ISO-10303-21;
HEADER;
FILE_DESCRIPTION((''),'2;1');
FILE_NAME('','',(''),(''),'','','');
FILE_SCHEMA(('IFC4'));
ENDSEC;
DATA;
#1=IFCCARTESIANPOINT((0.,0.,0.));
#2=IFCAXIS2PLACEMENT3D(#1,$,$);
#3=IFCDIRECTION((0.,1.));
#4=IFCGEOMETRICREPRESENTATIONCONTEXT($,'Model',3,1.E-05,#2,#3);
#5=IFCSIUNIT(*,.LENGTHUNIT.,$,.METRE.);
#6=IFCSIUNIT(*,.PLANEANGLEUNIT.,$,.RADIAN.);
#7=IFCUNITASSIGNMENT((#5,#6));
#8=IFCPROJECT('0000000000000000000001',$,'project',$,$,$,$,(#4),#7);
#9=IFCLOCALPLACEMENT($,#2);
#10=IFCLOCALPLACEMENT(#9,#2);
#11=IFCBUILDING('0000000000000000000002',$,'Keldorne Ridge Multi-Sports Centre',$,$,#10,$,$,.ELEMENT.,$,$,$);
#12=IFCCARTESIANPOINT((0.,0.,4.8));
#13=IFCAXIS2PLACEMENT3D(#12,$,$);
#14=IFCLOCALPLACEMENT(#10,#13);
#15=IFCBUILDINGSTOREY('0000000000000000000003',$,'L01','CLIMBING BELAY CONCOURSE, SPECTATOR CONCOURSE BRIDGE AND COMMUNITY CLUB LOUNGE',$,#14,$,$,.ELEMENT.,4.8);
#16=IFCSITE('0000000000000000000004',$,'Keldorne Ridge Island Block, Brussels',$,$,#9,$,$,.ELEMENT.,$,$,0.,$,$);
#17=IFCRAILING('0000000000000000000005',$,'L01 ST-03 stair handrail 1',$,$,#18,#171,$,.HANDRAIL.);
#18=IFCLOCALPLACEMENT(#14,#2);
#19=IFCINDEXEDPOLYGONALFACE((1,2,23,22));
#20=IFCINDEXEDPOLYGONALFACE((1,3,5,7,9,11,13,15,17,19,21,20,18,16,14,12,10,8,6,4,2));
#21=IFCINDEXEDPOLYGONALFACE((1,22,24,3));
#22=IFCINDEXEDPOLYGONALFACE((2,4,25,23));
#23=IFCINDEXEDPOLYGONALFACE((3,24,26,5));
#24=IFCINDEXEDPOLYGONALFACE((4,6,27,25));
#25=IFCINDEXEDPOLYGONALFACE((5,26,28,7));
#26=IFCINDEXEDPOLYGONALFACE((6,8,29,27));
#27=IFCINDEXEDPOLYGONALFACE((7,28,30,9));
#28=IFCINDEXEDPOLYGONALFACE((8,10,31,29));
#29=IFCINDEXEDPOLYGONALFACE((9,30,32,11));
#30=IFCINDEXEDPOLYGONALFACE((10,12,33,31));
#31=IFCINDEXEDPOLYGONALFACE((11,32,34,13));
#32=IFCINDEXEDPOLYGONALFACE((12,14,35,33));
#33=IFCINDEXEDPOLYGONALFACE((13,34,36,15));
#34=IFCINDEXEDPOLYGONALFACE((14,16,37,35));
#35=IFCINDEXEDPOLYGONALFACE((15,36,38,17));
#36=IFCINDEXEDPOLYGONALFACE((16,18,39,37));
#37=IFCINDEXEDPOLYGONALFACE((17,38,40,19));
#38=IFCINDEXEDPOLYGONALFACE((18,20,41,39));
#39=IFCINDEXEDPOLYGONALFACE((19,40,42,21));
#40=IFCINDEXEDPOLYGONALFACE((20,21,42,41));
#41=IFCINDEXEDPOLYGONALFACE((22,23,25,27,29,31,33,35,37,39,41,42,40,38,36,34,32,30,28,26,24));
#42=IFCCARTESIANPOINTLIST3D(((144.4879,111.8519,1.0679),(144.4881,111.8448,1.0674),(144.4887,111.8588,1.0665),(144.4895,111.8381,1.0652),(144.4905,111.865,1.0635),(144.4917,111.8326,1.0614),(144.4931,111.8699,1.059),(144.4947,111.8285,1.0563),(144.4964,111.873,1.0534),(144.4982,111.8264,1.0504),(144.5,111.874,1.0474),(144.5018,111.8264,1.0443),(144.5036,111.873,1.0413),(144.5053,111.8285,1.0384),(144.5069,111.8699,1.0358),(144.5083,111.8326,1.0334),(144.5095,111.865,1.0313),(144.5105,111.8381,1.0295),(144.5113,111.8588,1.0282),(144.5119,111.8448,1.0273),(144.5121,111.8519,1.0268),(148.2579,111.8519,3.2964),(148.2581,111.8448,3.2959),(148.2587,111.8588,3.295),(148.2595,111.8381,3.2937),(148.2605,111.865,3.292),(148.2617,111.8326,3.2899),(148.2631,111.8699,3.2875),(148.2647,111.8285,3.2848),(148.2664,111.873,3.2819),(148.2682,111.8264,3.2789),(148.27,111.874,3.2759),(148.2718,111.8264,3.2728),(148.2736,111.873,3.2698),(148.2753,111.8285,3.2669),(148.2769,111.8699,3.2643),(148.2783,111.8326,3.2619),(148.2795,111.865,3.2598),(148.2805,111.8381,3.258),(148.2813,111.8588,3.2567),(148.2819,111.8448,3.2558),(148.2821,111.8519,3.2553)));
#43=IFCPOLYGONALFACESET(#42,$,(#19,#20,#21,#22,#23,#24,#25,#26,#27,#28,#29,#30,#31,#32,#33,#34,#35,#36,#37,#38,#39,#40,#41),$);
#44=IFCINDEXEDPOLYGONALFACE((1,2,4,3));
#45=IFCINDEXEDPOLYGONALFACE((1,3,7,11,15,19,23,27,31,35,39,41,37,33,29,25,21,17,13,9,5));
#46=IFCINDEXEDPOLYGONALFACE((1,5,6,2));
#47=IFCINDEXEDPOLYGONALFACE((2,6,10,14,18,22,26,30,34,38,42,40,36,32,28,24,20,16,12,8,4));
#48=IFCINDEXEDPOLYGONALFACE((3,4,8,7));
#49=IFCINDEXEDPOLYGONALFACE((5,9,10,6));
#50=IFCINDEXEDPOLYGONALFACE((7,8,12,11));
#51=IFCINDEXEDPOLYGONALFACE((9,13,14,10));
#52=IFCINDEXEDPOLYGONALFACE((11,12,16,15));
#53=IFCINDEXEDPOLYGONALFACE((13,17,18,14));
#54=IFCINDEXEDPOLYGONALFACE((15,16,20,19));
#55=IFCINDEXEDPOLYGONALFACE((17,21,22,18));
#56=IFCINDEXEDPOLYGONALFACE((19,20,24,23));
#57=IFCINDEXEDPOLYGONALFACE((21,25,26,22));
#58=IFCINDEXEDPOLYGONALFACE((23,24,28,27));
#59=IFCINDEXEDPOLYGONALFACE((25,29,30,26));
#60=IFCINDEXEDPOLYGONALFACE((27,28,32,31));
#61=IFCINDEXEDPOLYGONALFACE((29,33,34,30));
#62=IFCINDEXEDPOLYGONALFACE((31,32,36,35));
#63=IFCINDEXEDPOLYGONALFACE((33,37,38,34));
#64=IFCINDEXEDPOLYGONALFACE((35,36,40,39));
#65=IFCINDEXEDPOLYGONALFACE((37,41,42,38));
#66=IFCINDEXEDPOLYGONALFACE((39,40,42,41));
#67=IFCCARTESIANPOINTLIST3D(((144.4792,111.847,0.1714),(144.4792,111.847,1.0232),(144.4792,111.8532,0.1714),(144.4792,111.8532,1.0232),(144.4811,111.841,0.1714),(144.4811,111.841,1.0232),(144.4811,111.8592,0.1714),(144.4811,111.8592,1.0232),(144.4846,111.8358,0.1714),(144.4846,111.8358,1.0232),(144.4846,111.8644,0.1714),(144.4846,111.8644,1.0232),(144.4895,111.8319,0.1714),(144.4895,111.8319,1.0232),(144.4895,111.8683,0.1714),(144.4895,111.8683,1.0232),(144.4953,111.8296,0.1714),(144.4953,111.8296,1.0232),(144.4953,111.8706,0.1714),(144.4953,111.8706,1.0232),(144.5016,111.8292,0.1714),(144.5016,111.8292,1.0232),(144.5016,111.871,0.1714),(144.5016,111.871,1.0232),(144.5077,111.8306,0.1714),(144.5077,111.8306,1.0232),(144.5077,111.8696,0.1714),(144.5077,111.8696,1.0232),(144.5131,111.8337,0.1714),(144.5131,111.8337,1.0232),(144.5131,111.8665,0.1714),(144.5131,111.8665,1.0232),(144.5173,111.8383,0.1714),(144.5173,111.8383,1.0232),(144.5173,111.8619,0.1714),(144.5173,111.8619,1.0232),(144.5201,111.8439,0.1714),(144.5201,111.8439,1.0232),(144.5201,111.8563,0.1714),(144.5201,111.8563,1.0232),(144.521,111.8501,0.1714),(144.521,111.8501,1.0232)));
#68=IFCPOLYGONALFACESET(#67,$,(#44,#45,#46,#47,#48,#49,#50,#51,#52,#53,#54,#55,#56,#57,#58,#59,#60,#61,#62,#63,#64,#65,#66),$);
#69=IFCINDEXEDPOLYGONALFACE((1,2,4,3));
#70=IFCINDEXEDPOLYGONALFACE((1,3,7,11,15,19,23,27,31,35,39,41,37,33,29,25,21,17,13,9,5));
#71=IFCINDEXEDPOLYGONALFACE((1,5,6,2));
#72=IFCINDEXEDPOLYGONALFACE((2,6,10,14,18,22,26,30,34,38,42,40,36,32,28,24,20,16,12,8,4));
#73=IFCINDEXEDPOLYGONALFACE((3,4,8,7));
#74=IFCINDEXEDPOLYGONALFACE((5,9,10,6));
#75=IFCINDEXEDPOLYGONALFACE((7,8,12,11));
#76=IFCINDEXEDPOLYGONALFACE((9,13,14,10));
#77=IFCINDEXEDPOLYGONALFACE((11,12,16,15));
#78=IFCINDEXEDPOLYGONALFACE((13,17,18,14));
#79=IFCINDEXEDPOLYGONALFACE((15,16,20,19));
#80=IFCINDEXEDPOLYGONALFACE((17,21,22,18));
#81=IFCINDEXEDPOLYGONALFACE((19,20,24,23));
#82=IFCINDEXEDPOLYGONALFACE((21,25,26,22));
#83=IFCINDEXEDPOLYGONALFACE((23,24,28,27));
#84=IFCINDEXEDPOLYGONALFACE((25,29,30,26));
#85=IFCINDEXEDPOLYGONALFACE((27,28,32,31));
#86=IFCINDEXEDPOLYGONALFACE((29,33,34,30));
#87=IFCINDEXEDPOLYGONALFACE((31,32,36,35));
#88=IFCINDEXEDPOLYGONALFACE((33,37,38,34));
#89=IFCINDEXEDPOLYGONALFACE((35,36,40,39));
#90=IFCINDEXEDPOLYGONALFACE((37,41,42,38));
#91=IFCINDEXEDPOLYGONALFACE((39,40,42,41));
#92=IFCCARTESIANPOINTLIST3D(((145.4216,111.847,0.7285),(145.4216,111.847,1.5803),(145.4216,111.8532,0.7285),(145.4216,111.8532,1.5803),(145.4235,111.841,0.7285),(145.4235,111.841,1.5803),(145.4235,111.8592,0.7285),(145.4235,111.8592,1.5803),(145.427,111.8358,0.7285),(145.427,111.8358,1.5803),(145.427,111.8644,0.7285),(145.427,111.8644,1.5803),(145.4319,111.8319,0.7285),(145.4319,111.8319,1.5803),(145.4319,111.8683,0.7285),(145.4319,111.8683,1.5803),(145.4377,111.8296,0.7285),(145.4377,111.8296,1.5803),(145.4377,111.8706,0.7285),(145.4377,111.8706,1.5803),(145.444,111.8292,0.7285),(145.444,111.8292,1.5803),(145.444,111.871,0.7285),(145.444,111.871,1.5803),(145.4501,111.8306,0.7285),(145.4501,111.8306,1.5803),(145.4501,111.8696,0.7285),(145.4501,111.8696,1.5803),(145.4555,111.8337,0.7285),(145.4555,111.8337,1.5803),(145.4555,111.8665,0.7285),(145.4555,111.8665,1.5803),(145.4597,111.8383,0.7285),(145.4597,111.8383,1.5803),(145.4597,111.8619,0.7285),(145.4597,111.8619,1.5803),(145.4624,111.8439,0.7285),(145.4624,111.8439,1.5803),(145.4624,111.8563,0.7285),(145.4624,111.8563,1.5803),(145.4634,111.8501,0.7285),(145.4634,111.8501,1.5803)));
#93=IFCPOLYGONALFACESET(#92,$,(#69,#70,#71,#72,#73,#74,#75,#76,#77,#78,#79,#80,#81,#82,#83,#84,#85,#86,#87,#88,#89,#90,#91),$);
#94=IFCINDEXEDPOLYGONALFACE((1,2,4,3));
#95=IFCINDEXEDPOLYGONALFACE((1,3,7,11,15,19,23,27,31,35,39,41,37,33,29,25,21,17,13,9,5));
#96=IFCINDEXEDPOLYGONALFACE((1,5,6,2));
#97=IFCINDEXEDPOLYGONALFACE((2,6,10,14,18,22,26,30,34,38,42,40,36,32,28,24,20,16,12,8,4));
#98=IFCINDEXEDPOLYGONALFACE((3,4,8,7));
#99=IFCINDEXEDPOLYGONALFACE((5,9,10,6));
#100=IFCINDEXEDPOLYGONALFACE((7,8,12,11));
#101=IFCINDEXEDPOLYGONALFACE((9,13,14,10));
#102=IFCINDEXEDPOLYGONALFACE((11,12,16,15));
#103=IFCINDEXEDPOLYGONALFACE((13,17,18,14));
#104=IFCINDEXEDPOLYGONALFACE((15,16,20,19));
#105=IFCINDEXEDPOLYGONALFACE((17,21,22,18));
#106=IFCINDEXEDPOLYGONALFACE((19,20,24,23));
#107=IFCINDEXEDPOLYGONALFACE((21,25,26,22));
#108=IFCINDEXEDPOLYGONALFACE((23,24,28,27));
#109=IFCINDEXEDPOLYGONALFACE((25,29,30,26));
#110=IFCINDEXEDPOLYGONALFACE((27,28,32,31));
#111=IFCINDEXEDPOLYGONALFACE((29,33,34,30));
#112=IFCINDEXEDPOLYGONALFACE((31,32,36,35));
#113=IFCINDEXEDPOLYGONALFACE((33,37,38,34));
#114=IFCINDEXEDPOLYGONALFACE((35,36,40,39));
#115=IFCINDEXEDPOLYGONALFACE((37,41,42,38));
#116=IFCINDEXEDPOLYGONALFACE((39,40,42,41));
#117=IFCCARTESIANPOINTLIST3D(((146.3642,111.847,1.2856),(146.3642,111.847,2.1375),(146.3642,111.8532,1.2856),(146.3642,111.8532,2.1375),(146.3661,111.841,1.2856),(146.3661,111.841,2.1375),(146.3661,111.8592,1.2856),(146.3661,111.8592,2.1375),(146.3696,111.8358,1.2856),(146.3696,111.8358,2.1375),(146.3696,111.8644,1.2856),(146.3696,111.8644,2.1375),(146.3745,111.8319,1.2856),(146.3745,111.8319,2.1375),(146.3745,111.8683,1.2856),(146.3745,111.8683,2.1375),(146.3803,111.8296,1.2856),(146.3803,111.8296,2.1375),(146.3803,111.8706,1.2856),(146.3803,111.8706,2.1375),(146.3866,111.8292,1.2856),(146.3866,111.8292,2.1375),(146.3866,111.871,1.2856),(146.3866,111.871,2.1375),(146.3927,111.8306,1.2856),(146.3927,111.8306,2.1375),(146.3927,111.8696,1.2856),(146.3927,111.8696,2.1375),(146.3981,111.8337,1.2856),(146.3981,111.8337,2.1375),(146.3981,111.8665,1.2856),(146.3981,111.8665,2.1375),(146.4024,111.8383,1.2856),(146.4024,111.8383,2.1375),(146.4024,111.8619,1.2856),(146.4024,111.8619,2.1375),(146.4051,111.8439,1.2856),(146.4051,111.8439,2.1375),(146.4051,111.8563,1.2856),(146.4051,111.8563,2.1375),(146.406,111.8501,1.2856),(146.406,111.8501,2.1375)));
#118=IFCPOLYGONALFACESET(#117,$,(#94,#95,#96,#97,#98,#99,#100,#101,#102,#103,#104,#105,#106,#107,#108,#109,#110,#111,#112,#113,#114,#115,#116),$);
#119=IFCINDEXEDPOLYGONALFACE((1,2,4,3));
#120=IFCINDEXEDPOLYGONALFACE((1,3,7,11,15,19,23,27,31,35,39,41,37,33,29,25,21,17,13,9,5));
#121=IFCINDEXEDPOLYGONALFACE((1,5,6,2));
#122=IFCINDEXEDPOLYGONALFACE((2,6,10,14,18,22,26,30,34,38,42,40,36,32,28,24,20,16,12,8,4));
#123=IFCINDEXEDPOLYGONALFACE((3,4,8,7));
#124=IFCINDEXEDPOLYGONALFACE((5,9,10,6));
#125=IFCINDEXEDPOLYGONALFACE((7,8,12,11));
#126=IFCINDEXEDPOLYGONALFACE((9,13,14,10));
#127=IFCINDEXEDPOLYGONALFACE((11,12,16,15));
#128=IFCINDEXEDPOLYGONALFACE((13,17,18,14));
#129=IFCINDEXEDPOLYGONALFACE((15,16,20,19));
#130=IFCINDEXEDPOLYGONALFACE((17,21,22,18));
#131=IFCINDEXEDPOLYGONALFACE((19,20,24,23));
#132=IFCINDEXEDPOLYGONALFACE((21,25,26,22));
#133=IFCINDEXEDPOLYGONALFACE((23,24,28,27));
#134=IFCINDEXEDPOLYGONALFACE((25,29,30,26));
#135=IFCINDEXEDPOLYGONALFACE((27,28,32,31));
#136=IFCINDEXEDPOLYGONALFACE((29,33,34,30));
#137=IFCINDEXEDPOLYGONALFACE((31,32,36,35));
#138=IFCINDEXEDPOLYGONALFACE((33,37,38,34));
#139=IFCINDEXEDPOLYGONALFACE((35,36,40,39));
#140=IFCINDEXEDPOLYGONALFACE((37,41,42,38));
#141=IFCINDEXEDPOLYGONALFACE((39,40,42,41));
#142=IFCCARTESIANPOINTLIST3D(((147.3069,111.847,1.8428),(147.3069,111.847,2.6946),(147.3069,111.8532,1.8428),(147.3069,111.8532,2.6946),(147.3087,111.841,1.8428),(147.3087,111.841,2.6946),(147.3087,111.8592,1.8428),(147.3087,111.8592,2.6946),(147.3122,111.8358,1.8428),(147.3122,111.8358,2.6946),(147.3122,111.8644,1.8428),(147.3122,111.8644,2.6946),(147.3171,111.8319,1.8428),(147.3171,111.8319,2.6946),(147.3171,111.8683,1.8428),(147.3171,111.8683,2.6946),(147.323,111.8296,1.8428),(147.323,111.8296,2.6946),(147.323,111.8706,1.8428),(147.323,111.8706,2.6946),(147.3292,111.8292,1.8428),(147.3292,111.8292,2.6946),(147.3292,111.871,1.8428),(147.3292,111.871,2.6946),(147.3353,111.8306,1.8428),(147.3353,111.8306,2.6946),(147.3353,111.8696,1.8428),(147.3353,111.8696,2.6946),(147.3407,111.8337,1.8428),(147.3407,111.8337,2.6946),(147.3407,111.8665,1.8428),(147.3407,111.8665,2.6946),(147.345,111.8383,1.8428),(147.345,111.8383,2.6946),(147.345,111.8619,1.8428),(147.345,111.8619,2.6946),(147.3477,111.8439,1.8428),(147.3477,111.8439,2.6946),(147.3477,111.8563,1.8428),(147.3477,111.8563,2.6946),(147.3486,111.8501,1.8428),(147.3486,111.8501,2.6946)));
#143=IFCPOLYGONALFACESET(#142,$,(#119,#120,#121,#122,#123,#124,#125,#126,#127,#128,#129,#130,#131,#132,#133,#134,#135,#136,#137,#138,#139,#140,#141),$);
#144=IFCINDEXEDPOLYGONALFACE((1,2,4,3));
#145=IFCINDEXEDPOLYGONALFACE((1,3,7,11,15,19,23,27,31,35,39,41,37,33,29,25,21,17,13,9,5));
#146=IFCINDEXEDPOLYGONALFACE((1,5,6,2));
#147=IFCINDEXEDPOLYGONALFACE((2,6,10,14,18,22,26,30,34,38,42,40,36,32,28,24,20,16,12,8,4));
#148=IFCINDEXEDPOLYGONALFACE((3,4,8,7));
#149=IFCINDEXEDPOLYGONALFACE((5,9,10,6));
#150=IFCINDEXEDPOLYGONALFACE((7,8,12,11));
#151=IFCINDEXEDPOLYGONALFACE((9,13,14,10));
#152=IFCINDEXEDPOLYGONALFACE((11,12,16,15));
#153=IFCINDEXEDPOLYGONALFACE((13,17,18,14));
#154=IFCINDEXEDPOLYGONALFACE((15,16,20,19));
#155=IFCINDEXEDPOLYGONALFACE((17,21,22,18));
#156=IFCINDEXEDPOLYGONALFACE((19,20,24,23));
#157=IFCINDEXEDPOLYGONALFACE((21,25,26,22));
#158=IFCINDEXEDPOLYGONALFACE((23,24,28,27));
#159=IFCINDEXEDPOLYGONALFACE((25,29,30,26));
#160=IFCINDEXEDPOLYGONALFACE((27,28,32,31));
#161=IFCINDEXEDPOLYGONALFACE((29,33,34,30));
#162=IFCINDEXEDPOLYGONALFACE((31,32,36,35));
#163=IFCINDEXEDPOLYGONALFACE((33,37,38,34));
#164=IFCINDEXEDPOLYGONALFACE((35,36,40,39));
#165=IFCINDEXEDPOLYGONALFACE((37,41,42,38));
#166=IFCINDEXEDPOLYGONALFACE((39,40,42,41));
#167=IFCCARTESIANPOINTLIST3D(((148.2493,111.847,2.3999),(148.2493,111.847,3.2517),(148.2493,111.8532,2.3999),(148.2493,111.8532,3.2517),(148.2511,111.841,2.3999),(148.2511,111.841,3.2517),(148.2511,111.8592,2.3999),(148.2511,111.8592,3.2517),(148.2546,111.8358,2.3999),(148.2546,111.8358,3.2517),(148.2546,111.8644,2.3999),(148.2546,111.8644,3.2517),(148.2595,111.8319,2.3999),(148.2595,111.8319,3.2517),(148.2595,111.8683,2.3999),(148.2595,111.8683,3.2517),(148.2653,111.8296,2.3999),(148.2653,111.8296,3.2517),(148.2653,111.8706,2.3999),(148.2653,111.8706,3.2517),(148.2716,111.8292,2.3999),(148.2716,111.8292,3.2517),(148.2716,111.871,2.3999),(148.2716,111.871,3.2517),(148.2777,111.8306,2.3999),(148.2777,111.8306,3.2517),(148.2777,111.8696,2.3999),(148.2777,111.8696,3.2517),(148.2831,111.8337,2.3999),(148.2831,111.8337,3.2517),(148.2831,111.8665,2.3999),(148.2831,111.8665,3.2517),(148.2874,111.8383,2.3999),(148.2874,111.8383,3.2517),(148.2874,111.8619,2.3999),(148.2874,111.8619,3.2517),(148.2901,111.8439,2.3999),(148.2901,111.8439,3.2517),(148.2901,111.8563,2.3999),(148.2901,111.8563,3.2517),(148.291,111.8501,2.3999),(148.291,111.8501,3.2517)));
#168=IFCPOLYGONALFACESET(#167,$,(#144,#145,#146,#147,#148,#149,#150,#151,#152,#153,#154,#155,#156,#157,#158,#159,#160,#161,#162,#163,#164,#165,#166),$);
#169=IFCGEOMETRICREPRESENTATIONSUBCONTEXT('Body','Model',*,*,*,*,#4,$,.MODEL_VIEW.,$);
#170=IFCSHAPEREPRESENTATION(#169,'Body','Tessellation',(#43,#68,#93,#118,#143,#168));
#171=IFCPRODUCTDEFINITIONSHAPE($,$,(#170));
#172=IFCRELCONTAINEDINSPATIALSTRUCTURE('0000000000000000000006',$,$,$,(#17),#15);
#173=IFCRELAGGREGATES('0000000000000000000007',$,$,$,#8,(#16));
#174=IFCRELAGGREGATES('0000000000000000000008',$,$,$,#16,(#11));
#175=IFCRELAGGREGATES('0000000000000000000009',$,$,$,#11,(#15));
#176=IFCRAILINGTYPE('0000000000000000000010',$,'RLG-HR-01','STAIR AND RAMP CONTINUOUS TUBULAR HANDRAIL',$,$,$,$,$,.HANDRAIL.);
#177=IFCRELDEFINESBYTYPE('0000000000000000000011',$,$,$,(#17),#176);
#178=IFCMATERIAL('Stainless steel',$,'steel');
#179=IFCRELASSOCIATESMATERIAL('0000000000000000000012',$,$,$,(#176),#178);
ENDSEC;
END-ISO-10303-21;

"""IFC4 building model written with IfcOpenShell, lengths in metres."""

from ifc_helpers import new_model, si_unit, direction, frame, origin, origin_2d, place, context, subcontext, project, spatial, circle, extrude, material, type_object, element, save


model = new_model("IFC4")

# Units and contexts
model_context = context("Model", 3, precision=1e-05, world=origin(), true_north=direction((0.0, 1.0)))
body_context = subcontext(model_context, "Body", "Model", "MODEL_VIEW")
ifc_project = project(units=[si_unit("LENGTHUNIT", "METRE"), si_unit("PLANEANGLEUNIT", "RADIAN")], contexts=[model_context])

# Site, building, storey
site_placement = place(None, origin())
site = spatial("IfcSite", under=ifc_project, at=site_placement, Name="Keldorne Ridge Island Block, Brussels", CompositionType="ELEMENT", RefElevation=0.0)
building_placement = place(site_placement, origin())
building = spatial("IfcBuilding", under=site, at=building_placement, Name="Keldorne Ridge Multi-Sports Centre", CompositionType="ELEMENT")
storey_placement = place(building_placement, frame((0.0, 0.0, 4.8)))
storey = spatial("IfcBuildingStorey", under=building, at=storey_placement, Name="L01", Description="CLIMBING BELAY CONCOURSE, SPECTATOR CONCOURSE BRIDGE AND COMMUNITY CLUB LOUNGE", CompositionType="ELEMENT", Elevation=4.8)

# Railing
ifc_material_1 = material(Name="Stainless steel", Category="steel")
railing_type_1 = type_object("IfcRailingType", Name="RLG-HR-01", Description="STAIR AND RAMP CONTINUOUS TUBULAR HANDRAIL", PredefinedType="HANDRAIL", material=ifc_material_1)
railing_1_placement = place(storey_placement, frame((144.5, 111.8501, 0.1714)))
element("IfcRailing", 1, at=railing_1_placement, inside=storey, type_object=railing_type_1, Name="L01 ST-03 stair handrail 1", PredefinedType="HANDRAIL", context=body_context, shape_type="SweptSolid", body=[
    extrude(circle(Radius=0.0239, at=origin_2d()), frame((0.0, 0.0, 0.876), z_axis=(0.860849, 0.0, 0.508861), x_axis=(0.0, 1.0, 0.0)), (0.0, 0.0, 1.0), 4.3794),
    extrude(circle(Radius=0.021, at=origin_2d()), origin(), (0.0, 0.0, 1.0), 0.8518),
    extrude(circle(Radius=0.021, at=origin_2d()), frame((0.9424, 0.0, 0.5571)), (0.0, 0.0, 1.0), 0.8518),
    extrude(circle(Radius=0.021, at=origin_2d()), frame((1.885, 0.0, 1.1143)), (0.0, 0.0, 1.0), 0.8518),
    extrude(circle(Radius=0.021, at=origin_2d()), frame((2.8276, 0.0, 1.6714)), (0.0, 0.0, 1.0), 0.8518),
    extrude(circle(Radius=0.021, at=origin_2d()), frame((3.77, 0.0, 2.2285)), (0.0, 0.0, 1.0), 0.8518),
])

save(model, "model.ifc")
